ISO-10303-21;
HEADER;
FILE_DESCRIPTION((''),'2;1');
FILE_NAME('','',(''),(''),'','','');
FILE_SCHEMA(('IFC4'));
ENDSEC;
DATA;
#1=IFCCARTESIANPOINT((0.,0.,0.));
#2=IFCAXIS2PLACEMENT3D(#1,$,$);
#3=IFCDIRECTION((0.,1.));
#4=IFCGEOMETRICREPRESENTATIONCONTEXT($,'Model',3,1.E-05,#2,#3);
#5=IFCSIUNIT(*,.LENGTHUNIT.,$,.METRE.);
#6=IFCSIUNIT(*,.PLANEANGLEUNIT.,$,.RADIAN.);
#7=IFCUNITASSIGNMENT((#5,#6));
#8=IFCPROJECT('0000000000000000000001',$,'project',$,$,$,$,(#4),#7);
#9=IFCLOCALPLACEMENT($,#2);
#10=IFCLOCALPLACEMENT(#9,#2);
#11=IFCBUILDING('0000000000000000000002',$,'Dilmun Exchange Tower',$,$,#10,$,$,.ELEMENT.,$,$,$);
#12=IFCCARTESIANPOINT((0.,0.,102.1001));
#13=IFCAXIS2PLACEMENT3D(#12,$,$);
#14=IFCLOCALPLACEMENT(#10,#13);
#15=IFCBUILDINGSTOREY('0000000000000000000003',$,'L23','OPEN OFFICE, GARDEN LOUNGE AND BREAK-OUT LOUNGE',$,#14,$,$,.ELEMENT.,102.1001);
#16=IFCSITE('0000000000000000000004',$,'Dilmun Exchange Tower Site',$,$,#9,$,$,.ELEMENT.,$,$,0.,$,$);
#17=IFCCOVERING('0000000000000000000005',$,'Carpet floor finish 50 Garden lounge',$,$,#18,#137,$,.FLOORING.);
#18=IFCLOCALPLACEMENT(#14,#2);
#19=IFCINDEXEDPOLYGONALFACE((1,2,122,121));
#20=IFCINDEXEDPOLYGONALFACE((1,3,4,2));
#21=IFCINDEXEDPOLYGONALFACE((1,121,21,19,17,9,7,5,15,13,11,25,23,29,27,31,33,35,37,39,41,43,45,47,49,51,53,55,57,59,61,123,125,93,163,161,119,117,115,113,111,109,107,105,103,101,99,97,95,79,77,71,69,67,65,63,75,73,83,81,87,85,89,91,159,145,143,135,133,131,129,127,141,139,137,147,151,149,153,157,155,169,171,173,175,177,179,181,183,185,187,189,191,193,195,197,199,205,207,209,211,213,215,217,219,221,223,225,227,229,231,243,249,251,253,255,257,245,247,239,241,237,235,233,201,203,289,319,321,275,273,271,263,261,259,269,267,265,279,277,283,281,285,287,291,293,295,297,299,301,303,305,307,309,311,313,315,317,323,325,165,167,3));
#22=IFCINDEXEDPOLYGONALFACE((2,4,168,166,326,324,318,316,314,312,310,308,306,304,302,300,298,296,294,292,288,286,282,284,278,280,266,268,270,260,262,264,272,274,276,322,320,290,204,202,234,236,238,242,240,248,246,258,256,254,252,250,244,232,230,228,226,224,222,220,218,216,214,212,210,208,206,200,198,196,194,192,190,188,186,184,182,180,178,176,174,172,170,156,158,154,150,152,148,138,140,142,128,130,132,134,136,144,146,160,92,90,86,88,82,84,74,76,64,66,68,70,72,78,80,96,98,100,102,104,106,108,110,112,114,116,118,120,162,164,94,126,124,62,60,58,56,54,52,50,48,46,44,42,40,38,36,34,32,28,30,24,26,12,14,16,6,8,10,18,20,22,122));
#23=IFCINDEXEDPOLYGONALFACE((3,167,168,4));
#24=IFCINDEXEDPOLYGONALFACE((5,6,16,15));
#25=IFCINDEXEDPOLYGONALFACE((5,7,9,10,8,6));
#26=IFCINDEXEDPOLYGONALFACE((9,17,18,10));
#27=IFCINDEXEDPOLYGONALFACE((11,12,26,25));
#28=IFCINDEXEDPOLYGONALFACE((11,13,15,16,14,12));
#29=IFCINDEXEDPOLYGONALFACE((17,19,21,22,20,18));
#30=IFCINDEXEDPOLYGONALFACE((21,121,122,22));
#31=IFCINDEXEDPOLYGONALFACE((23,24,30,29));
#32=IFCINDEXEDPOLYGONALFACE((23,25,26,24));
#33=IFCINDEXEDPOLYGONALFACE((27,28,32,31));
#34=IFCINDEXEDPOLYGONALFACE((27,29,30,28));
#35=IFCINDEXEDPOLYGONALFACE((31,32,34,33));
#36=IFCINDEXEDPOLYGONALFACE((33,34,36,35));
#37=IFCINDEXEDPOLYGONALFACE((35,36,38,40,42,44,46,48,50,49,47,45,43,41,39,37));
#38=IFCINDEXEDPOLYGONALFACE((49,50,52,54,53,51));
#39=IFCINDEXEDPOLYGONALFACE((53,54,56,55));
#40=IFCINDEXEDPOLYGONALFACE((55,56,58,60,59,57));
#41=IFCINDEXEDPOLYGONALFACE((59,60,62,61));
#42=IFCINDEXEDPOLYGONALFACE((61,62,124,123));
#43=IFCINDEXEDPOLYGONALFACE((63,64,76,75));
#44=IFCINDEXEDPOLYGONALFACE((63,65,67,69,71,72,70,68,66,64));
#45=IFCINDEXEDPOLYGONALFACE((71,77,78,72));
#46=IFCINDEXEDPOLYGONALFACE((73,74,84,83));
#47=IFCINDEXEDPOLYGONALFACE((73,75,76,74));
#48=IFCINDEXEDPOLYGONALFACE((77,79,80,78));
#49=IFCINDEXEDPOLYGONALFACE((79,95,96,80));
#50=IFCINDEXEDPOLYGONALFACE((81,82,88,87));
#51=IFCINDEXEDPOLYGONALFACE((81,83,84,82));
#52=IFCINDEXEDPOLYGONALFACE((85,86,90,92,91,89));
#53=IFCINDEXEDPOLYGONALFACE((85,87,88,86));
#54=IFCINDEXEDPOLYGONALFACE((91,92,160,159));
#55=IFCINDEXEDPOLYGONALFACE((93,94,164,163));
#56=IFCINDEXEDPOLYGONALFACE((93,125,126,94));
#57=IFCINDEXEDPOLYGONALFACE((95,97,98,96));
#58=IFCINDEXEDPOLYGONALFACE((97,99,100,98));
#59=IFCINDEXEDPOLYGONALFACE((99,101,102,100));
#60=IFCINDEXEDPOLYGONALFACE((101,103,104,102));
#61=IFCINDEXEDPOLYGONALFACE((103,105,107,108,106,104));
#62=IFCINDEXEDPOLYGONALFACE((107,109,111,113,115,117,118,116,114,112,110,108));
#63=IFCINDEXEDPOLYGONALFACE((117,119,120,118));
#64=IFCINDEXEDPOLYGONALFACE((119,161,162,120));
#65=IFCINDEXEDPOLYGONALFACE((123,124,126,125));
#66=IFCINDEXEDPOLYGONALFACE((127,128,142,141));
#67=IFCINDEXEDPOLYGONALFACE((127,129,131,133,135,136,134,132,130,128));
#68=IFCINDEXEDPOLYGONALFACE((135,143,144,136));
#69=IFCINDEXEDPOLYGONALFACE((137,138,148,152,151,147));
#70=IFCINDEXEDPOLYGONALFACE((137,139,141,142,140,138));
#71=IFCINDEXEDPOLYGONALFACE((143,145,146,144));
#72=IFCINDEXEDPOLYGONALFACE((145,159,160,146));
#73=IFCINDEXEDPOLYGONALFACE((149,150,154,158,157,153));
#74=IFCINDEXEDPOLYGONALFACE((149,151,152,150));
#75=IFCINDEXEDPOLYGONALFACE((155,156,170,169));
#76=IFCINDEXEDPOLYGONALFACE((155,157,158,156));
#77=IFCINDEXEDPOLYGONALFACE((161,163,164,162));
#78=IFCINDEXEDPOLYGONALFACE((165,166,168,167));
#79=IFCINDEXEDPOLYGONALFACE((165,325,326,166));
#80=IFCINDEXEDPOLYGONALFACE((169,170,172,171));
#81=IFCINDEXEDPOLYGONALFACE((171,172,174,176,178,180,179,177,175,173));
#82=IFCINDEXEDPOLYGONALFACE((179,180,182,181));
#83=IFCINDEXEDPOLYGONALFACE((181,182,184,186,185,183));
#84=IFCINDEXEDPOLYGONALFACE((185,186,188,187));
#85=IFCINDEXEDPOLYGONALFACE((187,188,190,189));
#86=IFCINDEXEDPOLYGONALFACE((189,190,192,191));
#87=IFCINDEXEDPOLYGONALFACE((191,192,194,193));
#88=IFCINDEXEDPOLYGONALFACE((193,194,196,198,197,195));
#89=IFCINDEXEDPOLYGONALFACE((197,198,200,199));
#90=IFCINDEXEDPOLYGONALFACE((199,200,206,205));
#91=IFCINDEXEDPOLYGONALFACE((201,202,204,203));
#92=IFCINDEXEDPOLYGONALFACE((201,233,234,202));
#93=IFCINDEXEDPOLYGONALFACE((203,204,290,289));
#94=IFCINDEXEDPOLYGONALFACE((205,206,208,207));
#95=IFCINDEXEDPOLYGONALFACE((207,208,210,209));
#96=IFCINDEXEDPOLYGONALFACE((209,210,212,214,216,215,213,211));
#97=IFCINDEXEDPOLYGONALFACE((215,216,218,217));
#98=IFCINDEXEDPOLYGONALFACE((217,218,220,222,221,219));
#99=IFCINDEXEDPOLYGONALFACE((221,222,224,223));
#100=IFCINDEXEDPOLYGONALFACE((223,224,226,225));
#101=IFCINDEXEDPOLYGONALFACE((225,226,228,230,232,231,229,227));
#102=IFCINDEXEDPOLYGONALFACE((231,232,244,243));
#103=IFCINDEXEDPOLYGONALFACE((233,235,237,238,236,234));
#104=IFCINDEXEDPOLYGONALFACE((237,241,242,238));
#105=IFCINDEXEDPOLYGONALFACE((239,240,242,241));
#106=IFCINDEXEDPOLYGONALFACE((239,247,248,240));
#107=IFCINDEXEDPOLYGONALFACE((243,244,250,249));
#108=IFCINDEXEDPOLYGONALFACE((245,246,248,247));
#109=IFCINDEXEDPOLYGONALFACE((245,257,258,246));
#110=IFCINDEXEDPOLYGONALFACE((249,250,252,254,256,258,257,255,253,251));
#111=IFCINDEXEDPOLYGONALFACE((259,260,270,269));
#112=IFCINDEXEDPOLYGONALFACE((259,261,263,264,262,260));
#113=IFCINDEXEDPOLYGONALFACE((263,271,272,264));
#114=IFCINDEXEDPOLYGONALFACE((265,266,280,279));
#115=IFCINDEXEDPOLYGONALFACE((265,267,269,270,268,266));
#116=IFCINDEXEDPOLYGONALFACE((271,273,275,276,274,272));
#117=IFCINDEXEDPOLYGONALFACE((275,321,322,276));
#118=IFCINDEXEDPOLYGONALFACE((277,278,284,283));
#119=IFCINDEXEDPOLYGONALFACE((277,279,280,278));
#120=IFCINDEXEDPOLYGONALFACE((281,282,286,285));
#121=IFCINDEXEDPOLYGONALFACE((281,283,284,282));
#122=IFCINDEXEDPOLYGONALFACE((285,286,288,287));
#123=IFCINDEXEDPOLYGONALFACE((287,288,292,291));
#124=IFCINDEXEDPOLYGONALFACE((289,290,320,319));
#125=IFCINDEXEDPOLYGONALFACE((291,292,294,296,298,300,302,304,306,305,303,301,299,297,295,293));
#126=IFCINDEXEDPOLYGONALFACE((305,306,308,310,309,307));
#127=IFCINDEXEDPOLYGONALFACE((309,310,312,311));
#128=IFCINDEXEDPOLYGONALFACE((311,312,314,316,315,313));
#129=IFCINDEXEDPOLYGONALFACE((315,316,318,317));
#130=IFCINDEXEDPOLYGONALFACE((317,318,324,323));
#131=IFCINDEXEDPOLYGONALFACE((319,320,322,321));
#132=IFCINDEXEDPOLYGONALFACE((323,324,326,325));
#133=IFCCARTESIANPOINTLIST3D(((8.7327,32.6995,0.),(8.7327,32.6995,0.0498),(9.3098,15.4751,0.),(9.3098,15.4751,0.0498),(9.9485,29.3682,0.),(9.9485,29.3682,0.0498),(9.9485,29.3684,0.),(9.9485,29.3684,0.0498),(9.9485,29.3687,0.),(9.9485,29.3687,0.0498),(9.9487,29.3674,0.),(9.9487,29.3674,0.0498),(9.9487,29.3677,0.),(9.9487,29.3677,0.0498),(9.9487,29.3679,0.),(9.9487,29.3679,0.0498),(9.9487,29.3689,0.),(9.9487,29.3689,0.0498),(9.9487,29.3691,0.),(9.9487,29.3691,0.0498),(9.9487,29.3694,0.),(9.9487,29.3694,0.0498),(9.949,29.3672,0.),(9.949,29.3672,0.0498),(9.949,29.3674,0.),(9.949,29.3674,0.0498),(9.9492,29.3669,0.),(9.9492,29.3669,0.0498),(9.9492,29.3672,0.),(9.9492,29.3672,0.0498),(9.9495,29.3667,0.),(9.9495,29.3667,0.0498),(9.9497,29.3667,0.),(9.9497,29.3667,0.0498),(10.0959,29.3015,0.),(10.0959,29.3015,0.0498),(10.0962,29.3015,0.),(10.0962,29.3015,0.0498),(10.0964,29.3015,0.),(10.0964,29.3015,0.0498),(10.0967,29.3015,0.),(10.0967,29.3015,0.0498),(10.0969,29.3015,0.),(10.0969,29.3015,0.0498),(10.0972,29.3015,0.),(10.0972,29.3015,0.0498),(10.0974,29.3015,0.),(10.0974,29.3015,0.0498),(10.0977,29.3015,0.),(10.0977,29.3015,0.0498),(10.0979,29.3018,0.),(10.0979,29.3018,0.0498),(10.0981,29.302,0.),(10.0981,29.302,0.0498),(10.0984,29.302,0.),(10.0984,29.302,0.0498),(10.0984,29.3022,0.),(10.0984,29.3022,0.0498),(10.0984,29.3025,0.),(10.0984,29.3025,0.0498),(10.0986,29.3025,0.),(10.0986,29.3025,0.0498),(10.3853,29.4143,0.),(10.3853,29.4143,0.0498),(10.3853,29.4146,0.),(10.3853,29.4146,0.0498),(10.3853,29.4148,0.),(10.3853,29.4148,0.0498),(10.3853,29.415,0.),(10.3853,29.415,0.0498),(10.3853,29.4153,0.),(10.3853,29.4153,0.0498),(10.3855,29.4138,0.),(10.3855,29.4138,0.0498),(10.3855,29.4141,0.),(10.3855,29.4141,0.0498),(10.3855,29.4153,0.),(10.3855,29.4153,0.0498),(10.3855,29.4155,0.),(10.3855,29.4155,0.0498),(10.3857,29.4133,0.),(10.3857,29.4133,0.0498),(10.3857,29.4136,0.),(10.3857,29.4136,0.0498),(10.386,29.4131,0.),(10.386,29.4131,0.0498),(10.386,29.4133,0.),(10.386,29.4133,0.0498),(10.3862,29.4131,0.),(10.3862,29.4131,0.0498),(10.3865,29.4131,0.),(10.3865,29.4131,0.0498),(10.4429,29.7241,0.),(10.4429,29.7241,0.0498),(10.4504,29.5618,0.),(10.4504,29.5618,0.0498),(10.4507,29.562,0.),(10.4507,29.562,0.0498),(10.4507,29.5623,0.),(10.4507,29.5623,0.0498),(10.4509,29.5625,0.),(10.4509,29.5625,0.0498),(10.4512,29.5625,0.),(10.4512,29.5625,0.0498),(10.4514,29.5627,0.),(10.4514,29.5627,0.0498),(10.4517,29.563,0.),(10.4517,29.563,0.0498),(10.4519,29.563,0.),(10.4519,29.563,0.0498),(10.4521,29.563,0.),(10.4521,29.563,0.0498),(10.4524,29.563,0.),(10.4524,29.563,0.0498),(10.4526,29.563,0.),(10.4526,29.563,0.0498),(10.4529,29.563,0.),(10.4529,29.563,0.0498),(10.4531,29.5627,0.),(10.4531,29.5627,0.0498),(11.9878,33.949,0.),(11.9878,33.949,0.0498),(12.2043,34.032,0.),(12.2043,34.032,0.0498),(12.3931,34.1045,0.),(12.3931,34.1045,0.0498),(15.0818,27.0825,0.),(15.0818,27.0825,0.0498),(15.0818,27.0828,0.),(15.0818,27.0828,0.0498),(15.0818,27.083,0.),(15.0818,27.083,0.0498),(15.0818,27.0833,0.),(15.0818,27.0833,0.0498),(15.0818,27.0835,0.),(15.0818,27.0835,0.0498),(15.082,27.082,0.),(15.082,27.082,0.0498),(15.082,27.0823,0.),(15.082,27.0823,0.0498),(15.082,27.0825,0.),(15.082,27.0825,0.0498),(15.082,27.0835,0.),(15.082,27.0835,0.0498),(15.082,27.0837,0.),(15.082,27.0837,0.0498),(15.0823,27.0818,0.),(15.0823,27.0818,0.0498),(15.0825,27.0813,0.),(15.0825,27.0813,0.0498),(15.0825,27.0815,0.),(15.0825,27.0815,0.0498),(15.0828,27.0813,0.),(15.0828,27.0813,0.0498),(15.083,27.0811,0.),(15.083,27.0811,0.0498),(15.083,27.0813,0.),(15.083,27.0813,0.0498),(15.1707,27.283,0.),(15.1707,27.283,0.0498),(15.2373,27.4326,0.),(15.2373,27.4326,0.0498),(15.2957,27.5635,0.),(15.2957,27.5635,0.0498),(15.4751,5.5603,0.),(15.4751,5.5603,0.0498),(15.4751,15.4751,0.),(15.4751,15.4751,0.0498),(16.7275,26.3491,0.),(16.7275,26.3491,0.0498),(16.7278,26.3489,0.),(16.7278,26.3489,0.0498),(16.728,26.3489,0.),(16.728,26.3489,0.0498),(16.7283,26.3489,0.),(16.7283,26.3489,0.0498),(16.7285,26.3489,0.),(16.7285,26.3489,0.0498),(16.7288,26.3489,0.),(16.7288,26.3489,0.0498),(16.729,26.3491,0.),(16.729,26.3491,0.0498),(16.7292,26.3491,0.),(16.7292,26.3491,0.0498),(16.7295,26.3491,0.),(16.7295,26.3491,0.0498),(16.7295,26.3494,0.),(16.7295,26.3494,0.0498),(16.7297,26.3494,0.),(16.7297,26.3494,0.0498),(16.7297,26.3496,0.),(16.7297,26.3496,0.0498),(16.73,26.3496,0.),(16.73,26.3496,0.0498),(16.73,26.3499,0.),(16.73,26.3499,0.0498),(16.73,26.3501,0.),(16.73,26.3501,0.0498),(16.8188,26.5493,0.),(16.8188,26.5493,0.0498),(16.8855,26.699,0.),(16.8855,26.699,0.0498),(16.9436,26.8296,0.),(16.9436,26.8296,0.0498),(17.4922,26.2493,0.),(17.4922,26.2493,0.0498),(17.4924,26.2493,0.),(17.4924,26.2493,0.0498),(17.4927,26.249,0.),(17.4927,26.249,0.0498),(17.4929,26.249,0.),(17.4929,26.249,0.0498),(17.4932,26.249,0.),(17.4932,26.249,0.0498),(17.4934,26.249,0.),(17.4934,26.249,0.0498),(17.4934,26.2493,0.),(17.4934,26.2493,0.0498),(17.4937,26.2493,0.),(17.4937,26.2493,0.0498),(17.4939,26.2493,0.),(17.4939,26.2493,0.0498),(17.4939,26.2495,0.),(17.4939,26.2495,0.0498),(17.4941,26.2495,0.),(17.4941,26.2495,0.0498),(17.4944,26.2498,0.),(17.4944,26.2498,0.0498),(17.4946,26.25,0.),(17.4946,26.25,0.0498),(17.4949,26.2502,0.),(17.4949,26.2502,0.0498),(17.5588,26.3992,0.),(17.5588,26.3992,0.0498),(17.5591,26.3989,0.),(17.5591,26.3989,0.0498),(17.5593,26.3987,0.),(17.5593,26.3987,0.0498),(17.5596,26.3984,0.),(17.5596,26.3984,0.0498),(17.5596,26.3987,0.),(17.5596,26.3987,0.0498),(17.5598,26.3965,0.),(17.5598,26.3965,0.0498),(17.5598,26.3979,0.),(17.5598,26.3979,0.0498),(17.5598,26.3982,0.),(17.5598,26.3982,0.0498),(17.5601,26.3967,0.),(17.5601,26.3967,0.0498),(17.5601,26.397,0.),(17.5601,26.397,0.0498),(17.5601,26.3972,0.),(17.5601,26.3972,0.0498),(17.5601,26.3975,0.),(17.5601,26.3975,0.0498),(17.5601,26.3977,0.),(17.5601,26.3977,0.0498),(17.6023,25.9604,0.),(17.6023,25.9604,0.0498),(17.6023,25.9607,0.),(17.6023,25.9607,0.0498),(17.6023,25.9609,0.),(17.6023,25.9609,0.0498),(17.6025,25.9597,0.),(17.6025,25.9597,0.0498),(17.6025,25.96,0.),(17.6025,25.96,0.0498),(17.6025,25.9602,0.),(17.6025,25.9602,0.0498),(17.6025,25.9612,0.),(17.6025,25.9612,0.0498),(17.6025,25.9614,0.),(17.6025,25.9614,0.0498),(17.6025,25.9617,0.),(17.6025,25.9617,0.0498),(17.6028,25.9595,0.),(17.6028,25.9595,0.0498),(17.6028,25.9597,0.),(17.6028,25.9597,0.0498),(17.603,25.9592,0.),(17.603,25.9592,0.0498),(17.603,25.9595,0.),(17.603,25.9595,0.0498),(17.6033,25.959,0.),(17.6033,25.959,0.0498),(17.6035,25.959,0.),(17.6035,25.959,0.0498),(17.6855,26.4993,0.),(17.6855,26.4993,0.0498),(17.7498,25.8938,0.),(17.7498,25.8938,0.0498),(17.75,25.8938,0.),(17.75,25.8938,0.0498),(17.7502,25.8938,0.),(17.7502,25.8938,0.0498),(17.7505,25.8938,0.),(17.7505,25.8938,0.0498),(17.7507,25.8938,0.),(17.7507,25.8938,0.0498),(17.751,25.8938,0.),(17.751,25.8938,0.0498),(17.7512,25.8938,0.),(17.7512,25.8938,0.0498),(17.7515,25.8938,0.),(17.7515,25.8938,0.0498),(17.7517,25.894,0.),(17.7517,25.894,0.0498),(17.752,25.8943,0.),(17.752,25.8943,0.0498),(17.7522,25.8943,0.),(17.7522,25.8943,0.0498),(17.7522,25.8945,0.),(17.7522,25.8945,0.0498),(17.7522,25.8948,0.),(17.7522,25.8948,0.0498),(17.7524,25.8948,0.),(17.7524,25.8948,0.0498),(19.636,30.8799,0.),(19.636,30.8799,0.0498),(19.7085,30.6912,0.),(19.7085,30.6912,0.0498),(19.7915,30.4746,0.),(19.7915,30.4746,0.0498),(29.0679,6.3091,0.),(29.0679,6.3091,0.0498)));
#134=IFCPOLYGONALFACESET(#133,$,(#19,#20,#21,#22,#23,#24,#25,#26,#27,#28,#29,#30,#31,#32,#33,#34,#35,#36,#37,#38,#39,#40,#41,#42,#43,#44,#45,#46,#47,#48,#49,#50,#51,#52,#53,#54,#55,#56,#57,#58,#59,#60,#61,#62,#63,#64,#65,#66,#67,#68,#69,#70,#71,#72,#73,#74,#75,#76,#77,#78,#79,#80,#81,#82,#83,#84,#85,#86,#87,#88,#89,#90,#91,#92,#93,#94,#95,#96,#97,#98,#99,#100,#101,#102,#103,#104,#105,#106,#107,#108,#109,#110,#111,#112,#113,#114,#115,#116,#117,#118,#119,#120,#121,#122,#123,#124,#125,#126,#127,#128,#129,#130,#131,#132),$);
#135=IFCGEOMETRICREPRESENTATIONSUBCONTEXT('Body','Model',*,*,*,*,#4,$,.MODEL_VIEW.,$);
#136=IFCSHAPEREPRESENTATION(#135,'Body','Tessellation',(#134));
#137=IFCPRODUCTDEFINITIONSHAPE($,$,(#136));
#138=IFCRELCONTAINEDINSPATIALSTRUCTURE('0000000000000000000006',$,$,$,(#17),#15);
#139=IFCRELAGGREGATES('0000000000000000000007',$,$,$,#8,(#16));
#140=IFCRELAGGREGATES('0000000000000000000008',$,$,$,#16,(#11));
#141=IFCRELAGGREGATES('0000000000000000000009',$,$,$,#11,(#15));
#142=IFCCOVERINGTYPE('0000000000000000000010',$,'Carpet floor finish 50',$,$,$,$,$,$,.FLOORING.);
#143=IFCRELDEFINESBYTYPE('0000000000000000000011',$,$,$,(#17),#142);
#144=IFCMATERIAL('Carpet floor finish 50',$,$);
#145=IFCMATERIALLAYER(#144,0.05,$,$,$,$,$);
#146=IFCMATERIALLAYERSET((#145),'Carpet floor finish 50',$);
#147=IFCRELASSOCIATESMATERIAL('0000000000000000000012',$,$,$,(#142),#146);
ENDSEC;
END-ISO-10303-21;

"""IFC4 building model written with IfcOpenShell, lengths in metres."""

from ifc_helpers import new_model, si_unit, direction, frame, origin, place, context, subcontext, project, spatial, polyline, outline, extrude, material, layer, layer_set, type_object, element, save


model = new_model("IFC4")

# Units and contexts
model_context = context("Model", 3, precision=1e-05, world=origin(), true_north=direction((0.0, 1.0)))
body_context = subcontext(model_context, "Body", "Model", "MODEL_VIEW")
ifc_project = project(units=[si_unit("LENGTHUNIT", "METRE"), si_unit("PLANEANGLEUNIT", "RADIAN")], contexts=[model_context])

# Site, building, storey
site_placement = place(None, origin())
site = spatial("IfcSite", under=ifc_project, at=site_placement, Name="Dilmun Exchange Tower Site", CompositionType="ELEMENT", RefElevation=0.0)
building_placement = place(site_placement, origin())
building = spatial("IfcBuilding", under=site, at=building_placement, Name="Dilmun Exchange Tower", CompositionType="ELEMENT")
storey_placement = place(building_placement, frame((0.0, 0.0, 102.1001)))
storey = spatial("IfcBuildingStorey", under=building, at=storey_placement, Name="L23", Description="OPEN OFFICE, GARDEN LOUNGE AND BREAK-OUT LOUNGE", CompositionType="ELEMENT", Elevation=102.1001)

# Covering
ifc_material_1 = material(Name="Carpet floor finish 50")
ifc_layer_1 = layer(ifc_material_1, 0.05)
ifc_layer_set_1 = layer_set([ifc_layer_1], Name="Carpet floor finish 50")
covering_type_1 = type_object("IfcCoveringType", Name="Carpet floor finish 50", PredefinedType="FLOORING", material=ifc_layer_set_1)
covering_1_placement = place(storey_placement, origin())
element("IfcCovering", 1, at=covering_1_placement, inside=storey, type_object=covering_type_1, Name="Carpet floor finish 50 Garden lounge", PredefinedType="FLOORING", context=body_context, shape_type="SweptSolid", body=[
    extrude(outline(polyline([(10.4429, 29.7241), (15.2957, 27.5635), (15.2373, 27.4326), (10.4531, 29.5627), (10.4529, 29.563), (10.4529, 29.563), (10.4526, 29.563), (10.4524, 29.563), (10.4521, 29.563), (10.4519, 29.563), (10.4519, 29.563), (10.4517, 29.563), (10.4514, 29.5627), (10.4514, 29.5627), (10.4512, 29.5625), (10.4509, 29.5625), (10.4507, 29.5623), (10.4507, 29.562), (10.4507, 29.562), (10.4504, 29.5618), (10.3855, 29.4155), (10.3855, 29.4153), (10.3853, 29.4153), (10.3853, 29.415), (10.3853, 29.4148), (10.3853, 29.4148), (10.3853, 29.4146), (10.3853, 29.4143), (10.3855, 29.4141), (10.3855, 29.4138), (10.3855, 29.4138), (10.3857, 29.4136), (10.3857, 29.4133), (10.386, 29.4133), (10.386, 29.4131), (10.3862, 29.4131), (10.3865, 29.4131), (15.1707, 27.283), (15.082, 27.0837), (15.082, 27.0835), (15.0818, 27.0835), (15.0818, 27.0833), (15.0818, 27.083), (15.0818, 27.0828), (15.0818, 27.0825), (15.082, 27.0825), (15.082, 27.0823), (15.082, 27.082), (15.0823, 27.0818), (15.0823, 27.0818), (15.0825, 27.0815), (15.0825, 27.0813), (15.0828, 27.0813), (15.083, 27.0813), (15.083, 27.0811), (16.7275, 26.3491), (16.7278, 26.3489), (16.7278, 26.3489), (16.728, 26.3489), (16.7283, 26.3489), (16.7285, 26.3489), (16.7285, 26.3489), (16.7288, 26.3489), (16.729, 26.3491), (16.7292, 26.3491), (16.7295, 26.3491), (16.7295, 26.3494), (16.7297, 26.3494), (16.7297, 26.3496), (16.73, 26.3496), (16.73, 26.3499), (16.73, 26.3501), (16.8188, 26.5493), (17.4922, 26.2493), (17.4922, 26.2493), (17.4924, 26.2493), (17.4927, 26.249), (17.4929, 26.249), (17.4932, 26.249), (17.4934, 26.249), (17.4934, 26.2493), (17.4937, 26.2493), (17.4939, 26.2493), (17.4939, 26.2495), (17.4941, 26.2495), (17.4944, 26.2498), (17.4944, 26.2498), (17.4946, 26.25), (17.4946, 26.25), (17.4949, 26.2502), (17.5598, 26.3965), (17.5598, 26.3965), (17.5601, 26.3967), (17.5601, 26.397), (17.5601, 26.3972), (17.5601, 26.3975), (17.5601, 26.3977), (17.5601, 26.3977), (17.5598, 26.3979), (17.5598, 26.3982), (17.5598, 26.3982), (17.5596, 26.3984), (17.5596, 26.3987), (17.5593, 26.3987), (17.5591, 26.3989), (17.5591, 26.3989), (17.5588, 26.3992), (16.8855, 26.699), (16.9436, 26.8296), (17.6855, 26.4993), (19.636, 30.8799), (19.7085, 30.6912), (17.6025, 25.9617), (17.6025, 25.9614), (17.6025, 25.9612), (17.6023, 25.9609), (17.6023, 25.9607), (17.6023, 25.9607), (17.6023, 25.9604), (17.6025, 25.9602), (17.6025, 25.96), (17.6025, 25.9597), (17.6028, 25.9597), (17.6028, 25.9595), (17.603, 25.9595), (17.603, 25.9592), (17.6033, 25.959), (17.6035, 25.959), (17.6035, 25.959), (17.7498, 25.8938), (17.75, 25.8938), (17.75, 25.8938), (17.7502, 25.8938), (17.7505, 25.8938), (17.7507, 25.8938), (17.751, 25.8938), (17.7512, 25.8938), (17.7512, 25.8938), (17.7515, 25.8938), (17.7517, 25.894), (17.7517, 25.894), (17.752, 25.8943), (17.7522, 25.8943), (17.7522, 25.8945), (17.7522, 25.8948), (17.7524, 25.8948), (19.7915, 30.4746), (29.0679, 6.3091), (15.4751, 5.5603), (15.4751, 15.4751), (9.3098, 15.4751), (8.7327, 32.6995), (11.9878, 33.949), (9.9487, 29.3694), (9.9487, 29.3691), (9.9487, 29.3689), (9.9485, 29.3687), (9.9485, 29.3684), (9.9485, 29.3684), (9.9485, 29.3682), (9.9487, 29.3679), (9.9487, 29.3677), (9.9487, 29.3674), (9.949, 29.3674), (9.949, 29.3672), (9.9492, 29.3672), (9.9492, 29.3669), (9.9495, 29.3667), (9.9497, 29.3667), (9.9497, 29.3667), (10.0959, 29.3015), (10.0962, 29.3015), (10.0962, 29.3015), (10.0964, 29.3015), (10.0967, 29.3015), (10.0969, 29.3015), (10.0972, 29.3015), (10.0974, 29.3015), (10.0974, 29.3015), (10.0977, 29.3015), (10.0979, 29.3018), (10.0979, 29.3018), (10.0981, 29.302), (10.0984, 29.302), (10.0984, 29.3022), (10.0984, 29.3025), (10.0986, 29.3025), (12.2043, 34.032), (12.3931, 34.1045), (10.4429, 29.7241)])), origin(), (0.0, 0.0, 1.0), 0.0498),
])

save(model, "model.ifc")
